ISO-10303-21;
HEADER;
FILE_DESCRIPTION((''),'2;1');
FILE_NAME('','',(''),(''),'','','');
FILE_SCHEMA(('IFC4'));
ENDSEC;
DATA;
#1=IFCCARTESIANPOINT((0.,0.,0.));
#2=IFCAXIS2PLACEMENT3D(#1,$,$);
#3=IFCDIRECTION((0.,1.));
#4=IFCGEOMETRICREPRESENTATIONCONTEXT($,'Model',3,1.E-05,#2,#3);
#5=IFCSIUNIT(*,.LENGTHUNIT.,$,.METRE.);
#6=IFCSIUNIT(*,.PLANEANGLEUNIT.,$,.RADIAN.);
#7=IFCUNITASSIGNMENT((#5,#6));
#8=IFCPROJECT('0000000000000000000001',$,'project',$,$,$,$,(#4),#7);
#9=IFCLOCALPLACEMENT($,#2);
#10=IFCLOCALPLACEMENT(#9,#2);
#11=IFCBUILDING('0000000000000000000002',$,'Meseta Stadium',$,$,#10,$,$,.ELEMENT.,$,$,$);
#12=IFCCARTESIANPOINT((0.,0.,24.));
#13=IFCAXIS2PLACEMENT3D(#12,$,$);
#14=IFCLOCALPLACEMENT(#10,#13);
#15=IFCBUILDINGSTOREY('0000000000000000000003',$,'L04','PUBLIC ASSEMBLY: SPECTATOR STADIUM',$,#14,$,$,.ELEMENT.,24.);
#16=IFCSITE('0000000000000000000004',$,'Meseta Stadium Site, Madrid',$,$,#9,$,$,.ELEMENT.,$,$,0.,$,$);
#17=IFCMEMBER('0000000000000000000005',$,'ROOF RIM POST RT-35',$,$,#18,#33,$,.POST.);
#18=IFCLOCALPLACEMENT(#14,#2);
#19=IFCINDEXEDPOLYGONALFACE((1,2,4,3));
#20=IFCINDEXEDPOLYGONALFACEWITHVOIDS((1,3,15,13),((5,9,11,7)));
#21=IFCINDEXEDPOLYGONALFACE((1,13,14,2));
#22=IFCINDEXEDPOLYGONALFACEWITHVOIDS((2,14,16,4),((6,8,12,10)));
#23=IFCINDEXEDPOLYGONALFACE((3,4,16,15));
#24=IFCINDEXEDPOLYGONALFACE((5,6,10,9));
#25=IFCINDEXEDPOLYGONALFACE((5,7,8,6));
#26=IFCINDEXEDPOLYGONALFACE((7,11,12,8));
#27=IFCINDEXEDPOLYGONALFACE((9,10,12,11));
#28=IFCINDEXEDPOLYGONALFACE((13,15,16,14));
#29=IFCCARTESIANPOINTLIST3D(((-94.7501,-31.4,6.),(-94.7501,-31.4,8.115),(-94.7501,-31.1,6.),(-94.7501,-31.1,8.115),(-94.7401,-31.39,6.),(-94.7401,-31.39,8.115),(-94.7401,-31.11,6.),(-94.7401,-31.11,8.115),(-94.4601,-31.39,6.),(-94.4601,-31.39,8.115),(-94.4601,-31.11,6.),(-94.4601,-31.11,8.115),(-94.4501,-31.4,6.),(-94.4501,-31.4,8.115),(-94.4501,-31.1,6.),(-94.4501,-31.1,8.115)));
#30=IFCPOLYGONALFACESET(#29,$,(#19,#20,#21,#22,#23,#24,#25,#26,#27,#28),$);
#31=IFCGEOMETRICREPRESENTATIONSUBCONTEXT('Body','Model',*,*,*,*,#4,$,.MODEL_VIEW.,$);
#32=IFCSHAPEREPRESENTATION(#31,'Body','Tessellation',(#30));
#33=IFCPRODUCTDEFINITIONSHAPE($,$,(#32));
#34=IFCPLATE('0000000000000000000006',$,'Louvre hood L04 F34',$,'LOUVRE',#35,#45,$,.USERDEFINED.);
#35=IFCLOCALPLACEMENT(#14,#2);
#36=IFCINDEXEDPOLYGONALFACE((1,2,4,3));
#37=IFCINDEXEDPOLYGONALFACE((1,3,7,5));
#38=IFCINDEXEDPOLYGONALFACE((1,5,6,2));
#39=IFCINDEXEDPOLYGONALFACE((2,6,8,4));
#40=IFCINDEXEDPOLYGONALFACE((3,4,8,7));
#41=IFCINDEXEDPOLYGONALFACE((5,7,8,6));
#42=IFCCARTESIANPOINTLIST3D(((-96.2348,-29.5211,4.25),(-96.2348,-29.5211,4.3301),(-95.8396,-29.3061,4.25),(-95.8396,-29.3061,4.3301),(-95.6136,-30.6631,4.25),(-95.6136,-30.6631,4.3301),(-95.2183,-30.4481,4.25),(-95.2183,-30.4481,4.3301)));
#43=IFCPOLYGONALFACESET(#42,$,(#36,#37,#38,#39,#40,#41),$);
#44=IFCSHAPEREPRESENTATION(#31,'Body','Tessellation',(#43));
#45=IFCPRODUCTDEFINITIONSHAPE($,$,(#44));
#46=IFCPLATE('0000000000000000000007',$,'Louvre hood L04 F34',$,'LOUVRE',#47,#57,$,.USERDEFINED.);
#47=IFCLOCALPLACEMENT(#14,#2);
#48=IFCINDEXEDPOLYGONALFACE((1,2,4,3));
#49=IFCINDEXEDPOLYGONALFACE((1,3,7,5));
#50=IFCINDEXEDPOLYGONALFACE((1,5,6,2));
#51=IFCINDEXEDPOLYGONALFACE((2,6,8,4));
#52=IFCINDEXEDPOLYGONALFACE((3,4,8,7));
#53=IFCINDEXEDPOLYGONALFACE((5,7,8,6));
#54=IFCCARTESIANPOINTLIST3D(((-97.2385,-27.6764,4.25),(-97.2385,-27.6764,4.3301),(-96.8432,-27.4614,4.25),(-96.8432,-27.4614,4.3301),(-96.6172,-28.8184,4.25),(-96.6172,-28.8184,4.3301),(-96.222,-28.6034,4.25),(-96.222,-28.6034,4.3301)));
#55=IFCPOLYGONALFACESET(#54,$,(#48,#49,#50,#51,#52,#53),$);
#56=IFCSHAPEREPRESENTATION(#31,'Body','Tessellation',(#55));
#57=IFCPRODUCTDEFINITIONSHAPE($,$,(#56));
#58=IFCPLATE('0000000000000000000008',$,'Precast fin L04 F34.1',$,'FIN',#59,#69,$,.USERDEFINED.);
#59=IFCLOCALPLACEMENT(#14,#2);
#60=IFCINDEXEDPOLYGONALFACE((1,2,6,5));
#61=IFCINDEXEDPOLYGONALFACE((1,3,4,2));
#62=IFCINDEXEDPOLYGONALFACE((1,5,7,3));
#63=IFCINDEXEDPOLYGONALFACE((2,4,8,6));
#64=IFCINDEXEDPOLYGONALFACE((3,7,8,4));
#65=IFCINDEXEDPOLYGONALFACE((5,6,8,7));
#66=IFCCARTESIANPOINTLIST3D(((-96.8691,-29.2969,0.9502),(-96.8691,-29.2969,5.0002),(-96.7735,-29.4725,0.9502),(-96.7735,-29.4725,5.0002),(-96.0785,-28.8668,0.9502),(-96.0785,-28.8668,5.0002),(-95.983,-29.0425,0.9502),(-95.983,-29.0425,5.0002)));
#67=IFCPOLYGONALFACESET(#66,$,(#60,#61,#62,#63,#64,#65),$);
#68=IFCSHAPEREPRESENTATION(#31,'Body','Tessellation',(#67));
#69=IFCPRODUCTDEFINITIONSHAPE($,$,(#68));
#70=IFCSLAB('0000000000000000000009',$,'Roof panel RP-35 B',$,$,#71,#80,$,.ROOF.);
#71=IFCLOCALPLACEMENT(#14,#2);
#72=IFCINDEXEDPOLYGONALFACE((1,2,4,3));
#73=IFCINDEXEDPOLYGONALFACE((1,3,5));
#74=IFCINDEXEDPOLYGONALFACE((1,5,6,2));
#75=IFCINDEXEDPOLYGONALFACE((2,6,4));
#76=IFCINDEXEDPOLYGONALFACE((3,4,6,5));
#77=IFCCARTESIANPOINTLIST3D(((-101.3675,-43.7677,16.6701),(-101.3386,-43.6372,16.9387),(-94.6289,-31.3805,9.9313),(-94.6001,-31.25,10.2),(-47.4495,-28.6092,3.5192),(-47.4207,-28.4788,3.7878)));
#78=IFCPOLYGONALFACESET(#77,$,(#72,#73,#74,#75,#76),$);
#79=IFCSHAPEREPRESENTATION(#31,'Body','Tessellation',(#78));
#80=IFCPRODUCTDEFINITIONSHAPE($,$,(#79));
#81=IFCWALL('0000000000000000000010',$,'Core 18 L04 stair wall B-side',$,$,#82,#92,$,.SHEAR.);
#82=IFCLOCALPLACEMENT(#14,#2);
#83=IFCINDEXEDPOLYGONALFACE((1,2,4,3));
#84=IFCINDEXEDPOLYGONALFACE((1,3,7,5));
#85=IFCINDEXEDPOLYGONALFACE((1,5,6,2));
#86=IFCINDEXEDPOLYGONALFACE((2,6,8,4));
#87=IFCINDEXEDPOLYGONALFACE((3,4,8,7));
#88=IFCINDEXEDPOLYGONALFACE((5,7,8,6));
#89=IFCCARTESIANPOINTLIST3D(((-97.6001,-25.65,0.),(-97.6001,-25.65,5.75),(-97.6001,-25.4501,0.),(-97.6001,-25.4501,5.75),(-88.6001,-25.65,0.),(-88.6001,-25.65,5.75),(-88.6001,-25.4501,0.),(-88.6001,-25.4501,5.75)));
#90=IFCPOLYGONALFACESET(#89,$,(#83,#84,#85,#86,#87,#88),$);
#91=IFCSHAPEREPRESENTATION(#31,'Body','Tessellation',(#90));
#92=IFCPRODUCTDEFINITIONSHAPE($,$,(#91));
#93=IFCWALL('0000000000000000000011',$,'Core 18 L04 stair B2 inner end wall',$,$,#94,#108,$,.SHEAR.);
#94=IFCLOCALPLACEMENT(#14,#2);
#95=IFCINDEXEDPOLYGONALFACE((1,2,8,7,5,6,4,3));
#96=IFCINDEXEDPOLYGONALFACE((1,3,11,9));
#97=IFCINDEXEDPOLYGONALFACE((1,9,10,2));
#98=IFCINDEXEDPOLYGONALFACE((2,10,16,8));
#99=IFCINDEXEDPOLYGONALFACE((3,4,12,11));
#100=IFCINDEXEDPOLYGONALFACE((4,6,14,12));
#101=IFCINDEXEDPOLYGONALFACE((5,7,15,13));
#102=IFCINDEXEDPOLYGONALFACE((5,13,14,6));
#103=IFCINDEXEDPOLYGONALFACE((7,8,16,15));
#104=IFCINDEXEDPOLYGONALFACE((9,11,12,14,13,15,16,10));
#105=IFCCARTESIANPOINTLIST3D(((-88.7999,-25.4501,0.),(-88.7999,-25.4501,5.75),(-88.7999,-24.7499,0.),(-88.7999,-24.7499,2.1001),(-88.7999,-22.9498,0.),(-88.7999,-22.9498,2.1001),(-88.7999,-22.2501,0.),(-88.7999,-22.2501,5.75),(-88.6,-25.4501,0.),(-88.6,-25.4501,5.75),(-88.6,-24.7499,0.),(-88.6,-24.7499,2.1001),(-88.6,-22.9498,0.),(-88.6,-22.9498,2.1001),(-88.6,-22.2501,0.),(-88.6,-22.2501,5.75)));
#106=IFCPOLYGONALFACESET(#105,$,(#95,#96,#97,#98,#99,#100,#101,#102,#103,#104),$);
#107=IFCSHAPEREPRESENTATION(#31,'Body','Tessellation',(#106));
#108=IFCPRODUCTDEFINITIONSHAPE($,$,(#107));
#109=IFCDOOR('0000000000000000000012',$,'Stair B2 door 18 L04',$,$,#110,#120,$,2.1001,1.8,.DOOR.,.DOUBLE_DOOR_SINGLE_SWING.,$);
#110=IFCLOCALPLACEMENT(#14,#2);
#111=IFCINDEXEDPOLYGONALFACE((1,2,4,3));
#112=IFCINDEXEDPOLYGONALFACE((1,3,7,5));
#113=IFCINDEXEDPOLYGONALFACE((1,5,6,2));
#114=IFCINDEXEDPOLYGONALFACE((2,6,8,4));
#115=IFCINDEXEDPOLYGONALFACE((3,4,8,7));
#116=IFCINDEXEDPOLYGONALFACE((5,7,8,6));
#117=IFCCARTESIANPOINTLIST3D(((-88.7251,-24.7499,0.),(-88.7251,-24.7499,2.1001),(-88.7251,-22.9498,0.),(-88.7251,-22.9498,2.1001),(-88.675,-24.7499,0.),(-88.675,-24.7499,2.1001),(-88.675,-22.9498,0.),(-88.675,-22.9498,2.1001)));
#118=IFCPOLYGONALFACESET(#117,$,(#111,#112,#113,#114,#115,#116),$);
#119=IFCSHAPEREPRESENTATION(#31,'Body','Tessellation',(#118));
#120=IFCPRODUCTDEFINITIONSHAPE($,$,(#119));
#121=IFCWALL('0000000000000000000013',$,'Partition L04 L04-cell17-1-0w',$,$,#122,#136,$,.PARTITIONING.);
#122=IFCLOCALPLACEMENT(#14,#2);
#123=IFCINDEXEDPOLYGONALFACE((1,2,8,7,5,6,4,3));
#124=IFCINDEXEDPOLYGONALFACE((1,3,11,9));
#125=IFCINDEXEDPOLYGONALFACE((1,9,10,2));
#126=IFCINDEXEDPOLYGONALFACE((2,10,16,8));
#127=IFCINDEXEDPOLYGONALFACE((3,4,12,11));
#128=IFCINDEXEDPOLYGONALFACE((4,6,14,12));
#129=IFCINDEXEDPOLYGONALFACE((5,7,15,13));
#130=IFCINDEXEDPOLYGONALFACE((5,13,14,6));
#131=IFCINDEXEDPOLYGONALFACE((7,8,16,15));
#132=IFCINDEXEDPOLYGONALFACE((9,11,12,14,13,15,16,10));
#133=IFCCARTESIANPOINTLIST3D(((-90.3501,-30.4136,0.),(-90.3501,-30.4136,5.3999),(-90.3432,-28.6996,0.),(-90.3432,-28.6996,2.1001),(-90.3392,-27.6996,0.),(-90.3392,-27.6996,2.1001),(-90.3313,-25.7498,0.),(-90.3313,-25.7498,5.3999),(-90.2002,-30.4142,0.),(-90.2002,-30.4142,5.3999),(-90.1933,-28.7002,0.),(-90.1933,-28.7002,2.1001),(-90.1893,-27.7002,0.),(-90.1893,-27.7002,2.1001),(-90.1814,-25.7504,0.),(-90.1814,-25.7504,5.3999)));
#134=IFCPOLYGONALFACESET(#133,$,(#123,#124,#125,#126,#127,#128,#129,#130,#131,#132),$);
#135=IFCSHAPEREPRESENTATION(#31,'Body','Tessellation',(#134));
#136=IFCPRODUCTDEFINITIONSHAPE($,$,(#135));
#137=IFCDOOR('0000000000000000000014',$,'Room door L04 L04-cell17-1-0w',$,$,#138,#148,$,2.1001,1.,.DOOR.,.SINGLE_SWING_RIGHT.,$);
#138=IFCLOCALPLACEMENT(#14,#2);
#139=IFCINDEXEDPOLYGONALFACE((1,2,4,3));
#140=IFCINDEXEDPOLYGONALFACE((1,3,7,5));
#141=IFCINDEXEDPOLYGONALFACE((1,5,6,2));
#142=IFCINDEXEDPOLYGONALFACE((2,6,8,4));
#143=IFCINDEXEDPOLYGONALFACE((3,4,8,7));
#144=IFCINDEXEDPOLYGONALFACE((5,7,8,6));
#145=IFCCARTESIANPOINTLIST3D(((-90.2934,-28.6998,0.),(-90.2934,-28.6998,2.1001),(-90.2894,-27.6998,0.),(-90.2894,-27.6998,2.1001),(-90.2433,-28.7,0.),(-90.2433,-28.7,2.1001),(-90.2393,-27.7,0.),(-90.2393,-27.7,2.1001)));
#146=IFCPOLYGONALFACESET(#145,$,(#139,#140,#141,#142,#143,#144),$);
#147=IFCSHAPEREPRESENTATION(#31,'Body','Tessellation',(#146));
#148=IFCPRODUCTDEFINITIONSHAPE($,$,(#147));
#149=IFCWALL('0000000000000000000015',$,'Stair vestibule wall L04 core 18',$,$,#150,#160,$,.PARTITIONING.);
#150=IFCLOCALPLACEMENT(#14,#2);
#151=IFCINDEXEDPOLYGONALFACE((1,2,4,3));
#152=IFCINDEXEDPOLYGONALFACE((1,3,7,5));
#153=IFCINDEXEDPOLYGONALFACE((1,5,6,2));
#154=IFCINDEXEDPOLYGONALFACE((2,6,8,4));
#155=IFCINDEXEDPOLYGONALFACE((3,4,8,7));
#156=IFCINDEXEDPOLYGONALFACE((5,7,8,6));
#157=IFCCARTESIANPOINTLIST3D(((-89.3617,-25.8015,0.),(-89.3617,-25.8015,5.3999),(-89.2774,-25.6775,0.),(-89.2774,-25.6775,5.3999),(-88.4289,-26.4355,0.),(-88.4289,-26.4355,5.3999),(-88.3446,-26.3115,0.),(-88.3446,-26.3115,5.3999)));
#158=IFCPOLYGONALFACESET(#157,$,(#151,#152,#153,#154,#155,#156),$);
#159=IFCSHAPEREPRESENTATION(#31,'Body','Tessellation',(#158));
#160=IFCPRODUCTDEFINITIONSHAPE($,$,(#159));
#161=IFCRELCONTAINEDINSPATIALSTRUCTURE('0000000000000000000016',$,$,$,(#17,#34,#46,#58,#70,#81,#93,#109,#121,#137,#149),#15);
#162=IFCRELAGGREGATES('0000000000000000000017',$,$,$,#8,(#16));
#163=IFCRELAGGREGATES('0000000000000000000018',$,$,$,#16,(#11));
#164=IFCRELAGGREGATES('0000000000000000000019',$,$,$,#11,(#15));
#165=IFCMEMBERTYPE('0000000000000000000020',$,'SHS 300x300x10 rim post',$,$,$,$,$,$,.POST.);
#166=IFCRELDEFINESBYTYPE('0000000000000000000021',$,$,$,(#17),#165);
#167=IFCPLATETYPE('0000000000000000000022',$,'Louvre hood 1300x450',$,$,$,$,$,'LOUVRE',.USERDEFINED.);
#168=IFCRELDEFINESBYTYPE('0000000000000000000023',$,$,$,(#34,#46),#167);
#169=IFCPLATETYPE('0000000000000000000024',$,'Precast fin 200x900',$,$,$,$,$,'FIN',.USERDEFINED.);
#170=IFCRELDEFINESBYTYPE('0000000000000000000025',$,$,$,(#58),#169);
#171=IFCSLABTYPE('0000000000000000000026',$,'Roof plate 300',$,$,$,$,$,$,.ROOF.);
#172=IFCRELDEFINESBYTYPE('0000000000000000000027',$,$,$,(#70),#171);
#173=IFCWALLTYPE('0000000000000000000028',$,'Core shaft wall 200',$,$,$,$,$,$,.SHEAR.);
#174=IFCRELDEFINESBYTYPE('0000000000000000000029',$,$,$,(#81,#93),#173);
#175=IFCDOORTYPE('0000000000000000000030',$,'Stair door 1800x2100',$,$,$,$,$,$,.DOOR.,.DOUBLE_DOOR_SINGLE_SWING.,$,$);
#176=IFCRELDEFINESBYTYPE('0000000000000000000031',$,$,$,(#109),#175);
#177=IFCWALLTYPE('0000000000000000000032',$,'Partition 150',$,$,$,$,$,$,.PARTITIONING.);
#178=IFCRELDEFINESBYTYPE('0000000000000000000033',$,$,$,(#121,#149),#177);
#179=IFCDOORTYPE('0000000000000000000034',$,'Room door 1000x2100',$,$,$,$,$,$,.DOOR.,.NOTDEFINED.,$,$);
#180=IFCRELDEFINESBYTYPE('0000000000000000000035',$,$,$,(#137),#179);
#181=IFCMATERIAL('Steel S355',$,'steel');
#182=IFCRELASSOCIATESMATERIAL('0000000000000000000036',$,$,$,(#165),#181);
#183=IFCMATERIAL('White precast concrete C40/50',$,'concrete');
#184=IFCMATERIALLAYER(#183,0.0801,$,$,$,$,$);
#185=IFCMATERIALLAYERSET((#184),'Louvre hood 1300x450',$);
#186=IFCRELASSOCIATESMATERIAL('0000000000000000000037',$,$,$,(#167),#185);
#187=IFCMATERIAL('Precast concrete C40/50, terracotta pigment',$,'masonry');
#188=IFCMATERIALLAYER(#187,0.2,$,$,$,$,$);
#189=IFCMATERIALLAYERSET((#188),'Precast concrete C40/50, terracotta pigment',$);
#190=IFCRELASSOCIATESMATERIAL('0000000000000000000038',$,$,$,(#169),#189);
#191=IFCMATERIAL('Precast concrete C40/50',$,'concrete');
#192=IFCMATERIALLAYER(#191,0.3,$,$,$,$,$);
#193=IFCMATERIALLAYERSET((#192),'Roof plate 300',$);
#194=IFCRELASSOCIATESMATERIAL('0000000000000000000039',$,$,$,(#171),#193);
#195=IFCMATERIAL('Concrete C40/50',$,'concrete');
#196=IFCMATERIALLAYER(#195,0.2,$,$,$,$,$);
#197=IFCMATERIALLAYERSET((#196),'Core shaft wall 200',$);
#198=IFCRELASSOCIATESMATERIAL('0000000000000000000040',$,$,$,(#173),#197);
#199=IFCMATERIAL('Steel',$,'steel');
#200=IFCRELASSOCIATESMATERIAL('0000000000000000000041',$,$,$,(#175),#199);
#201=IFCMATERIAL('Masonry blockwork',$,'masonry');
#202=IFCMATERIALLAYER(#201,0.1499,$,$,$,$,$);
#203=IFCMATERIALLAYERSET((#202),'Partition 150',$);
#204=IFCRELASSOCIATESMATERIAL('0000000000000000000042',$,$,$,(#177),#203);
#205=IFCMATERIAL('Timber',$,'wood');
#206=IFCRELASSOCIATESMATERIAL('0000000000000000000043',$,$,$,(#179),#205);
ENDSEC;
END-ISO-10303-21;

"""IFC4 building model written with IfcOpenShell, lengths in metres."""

from ifc_helpers import new_model, si_unit, direction, frame, frame_2d, origin, origin_2d, place, context, subcontext, project, spatial, polyline, rectangle, hollow_rectangle, outline, extrude, material, layer, layer_set, material_profile, profile_set, type_object, element, fill, save


model = new_model("IFC4")

# Units and contexts
model_context = context("Model", 3, precision=1e-05, world=origin(), true_north=direction((0.0, 1.0)))
body_context = subcontext(model_context, "Body", "Model", "MODEL_VIEW")
ifc_project = project(units=[si_unit("LENGTHUNIT", "METRE"), si_unit("PLANEANGLEUNIT", "RADIAN")], contexts=[model_context])

# Site, building, storey
site_placement = place(None, origin())
site = spatial("IfcSite", under=ifc_project, at=site_placement, Name="Meseta Stadium Site, Madrid", CompositionType="ELEMENT", RefElevation=0.0)
building_placement = place(site_placement, origin())
building = spatial("IfcBuilding", under=site, at=building_placement, Name="Meseta Stadium", CompositionType="ELEMENT")
storey_placement = place(building_placement, frame((0.0, 0.0, 24.0)))
storey = spatial("IfcBuildingStorey", under=building, at=storey_placement, Name="L04", Description="PUBLIC ASSEMBLY: SPECTATOR STADIUM", CompositionType="ELEMENT", Elevation=24.0)

# Member
ifc_material_1 = material(Name="Steel S355", Category="steel")
ifc_material_profile_1 = material_profile(ifc_material_1, hollow_rectangle(XDim=0.3, YDim=0.3, WallThickness=0.01, at=origin_2d()), Name="SHS 300x300x10")
ifc_profile_set_1 = profile_set([ifc_material_profile_1], Name="Steel S355")
member_type = type_object("IfcMemberType", Name="SHS 300x300x10 rim post", PredefinedType="POST", material=ifc_profile_set_1)
member_placement = place(storey_placement, frame((-94.6001, -31.25, 6.0), z_axis=(0.0, 0.0, 1.0), x_axis=(1.0, 0.0, 0.0)))
element("IfcMember", 1, at=member_placement, inside=storey, type_object=member_type, Name="ROOF RIM POST RT-35", PredefinedType="POST", context=body_context, shape_type="SweptSolid", body=[
    extrude(hollow_rectangle(XDim=0.3, YDim=0.3, WallThickness=0.01, at=origin_2d()), origin(), (0.0, 0.0, 1.0), 2.115),
])

# Plates
ifc_material_2 = material(Name="White precast concrete C40/50", Category="concrete")
ifc_layer_1 = layer(ifc_material_2, 0.0801)
ifc_layer_set_1 = layer_set([ifc_layer_1], Name="Louvre hood 1300x450")
plate_type_1 = type_object("IfcPlateType", Name="Louvre hood 1300x450", ElementType="LOUVRE", PredefinedType="USERDEFINED", material=ifc_layer_set_1)
for number, where, z_axis, x_axis, name in (
    (2, (-95.7266, -29.9846, 4.25), (0.0, 0.0, 1.0), (0.477867, -0.878432, 0.0), "Louvre hood L04 F34"),
    (3, (-96.7302, -28.1399, 4.25), (0.0, 0.0, 1.0), (0.477867, -0.878432, 0.0), "Louvre hood L04 F34"),
):
    element("IfcPlate", number, at=place(storey_placement, frame(where, z_axis=z_axis, x_axis=x_axis)), inside=storey, type_object=plate_type_1, Name=name, ObjectType="LOUVRE", PredefinedType="USERDEFINED", context=body_context, shape_type="SweptSolid", body=[
        extrude(rectangle(XDim=1.3, YDim=0.45, at=origin_2d()), origin(), (0.0, 0.0, 1.0), 0.0801),
    ])
ifc_material_3 = material(Name="Precast concrete C40/50, terracotta pigment", Category="masonry")
ifc_layer_2 = layer(ifc_material_3, 0.2)
ifc_layer_set_2 = layer_set([ifc_layer_2], Name="Precast concrete C40/50, terracotta pigment")
plate_type_2 = type_object("IfcPlateType", Name="Precast fin 200x900", ElementType="FIN", PredefinedType="USERDEFINED", material=ifc_layer_set_2)
plate_placement = place(storey_placement, frame((-96.426, -29.1697, 0.9502), z_axis=(0.0, 0.0, 1.0), x_axis=(-0.477867, 0.878432, 0.0)))
element("IfcPlate", 4, at=plate_placement, inside=storey, type_object=plate_type_2, Name="Precast fin L04 F34.1", ObjectType="FIN", PredefinedType="USERDEFINED", context=body_context, shape_type="SweptSolid", body=[
    extrude(rectangle(XDim=0.2, YDim=0.8999, at=origin_2d()), origin(), (0.0, 0.0, 1.0), 4.05),
])

# Slab
ifc_material_4 = material(Name="Precast concrete C40/50", Category="concrete")
ifc_layer_3 = layer(ifc_material_4, 0.3)
ifc_layer_set_3 = layer_set([ifc_layer_3], Name="Roof plate 300")
slab_type = type_object("IfcSlabType", Name="Roof plate 300", PredefinedType="ROOF", material=ifc_layer_set_3)
slab_placement = place(storey_placement, frame((-94.6001, -31.25, 10.2), z_axis=(0.096152, 0.434792, 0.895383), x_axis=(0.989216, 0.058105, -0.134443)))
element("IfcSlab", 5, at=slab_placement, inside=storey, type_object=slab_type, Name="Roof panel RP-35 B", PredefinedType="ROOF", context=body_context, shape_type="SweptSolid", body=[
    extrude(outline(polyline([(0.0, 0.0), (47.6938, 0.0), (-8.2916, -13.2481), (0.0, 0.0)])), origin(), (0.0, 0.0, -1.0), 0.3),
])

# Wall
ifc_material_5 = material(Name="Concrete C40/50", Category="concrete")
ifc_layer_4 = layer(ifc_material_5, 0.2)
ifc_layer_set_4 = layer_set([ifc_layer_4], Name="Core shaft wall 200")
wall_type_1 = type_object("IfcWallType", Name="Core shaft wall 200", PredefinedType="SHEAR", material=ifc_layer_set_4)
wall_1_placement = place(storey_placement, frame((-97.6001, -25.55, 0.0), z_axis=(0.0, 0.0, 1.0), x_axis=(1.0, 0.0, 0.0)))
element("IfcWall", 6, at=wall_1_placement, inside=storey, type_object=wall_type_1, Name="Core 18 L04 stair wall B-side", PredefinedType="SHEAR", context=body_context, shape_type="SweptSolid", body=[
    extrude(rectangle(XDim=9.0, YDim=0.2, at=frame_2d((4.5, 0.0))), origin(), (0.0, 0.0, 1.0), 5.75),
])

# Walls, openings, doors
wall_2_placement = place(storey_placement, frame((-88.7, -22.25, 0.0), z_axis=(0.0, 0.0, 1.0), x_axis=(0.0, -1.0, 0.0)))
wall_2 = element("IfcWall", 7, at=wall_2_placement, inside=storey, type_object=wall_type_1, Name="Core 18 L04 stair B2 inner end wall", PredefinedType="SHEAR", context=body_context, shape_type="SweptSolid", body=[
    extrude(rectangle(XDim=3.2, YDim=0.2, at=frame_2d((1.6001, 0.0))), origin(), (0.0, 0.0, 1.0), 5.75),
])
opening_1_placement = place(wall_2_placement, frame((0.7, 0.0, 0.0)))
opening_1 = element("IfcOpeningElement", 8, at=opening_1_placement, cuts=wall_2, PredefinedType="OPENING", context=body_context, shape_type="SweptSolid", body=[
    extrude(rectangle(XDim=1.8, YDim=2.1001, at=frame_2d((0.8999, 1.05))), frame((0.0, 0.1099, 0.0), z_axis=(0.0, -1.0, 0.0), x_axis=(1.0, 0.0, 0.0)), (0.0, 0.0, 1.0), 0.22),
])
ifc_material_6 = material(Name="Steel", Category="steel")
door_type_1 = type_object("IfcDoorType", Name="Stair door 1800x2100", OperationType="DOUBLE_DOOR_SINGLE_SWING", PredefinedType="DOOR", material=ifc_material_6)
door_1_placement = place(opening_1_placement, origin())
door_1 = element("IfcDoor", 9, at=door_1_placement, inside=storey, type_object=door_type_1, Name="Stair B2 door 18 L04", OperationType="DOUBLE_DOOR_SINGLE_SWING", OverallHeight=2.1001, OverallWidth=1.8, PredefinedType="DOOR", context=body_context, shape_type="SweptSolid", body=[
    extrude(rectangle(XDim=1.8, YDim=2.1001, at=frame_2d((0.8999, 1.05))), frame((0.0, 0.0249, 0.0), z_axis=(0.0, -1.0, 0.0), x_axis=(1.0, 0.0, 0.0)), (0.0, 0.0, 1.0), 0.05),
])
fill(opening_1, door_1)
ifc_material_7 = material(Name="Masonry blockwork", Category="masonry")
ifc_layer_5 = layer(ifc_material_7, 0.1499)
ifc_layer_set_5 = layer_set([ifc_layer_5], Name="Partition 150")
wall_type_2 = type_object("IfcWallType", Name="Partition 150", PredefinedType="PARTITIONING", material=ifc_layer_set_5)
wall_3_placement = place(storey_placement, frame((-90.2563, -25.75, 0.0), z_axis=(0.0, 0.0, 1.0), x_axis=(-0.004031, -0.999992, 0.0)))
wall_3 = element("IfcWall", 10, at=wall_3_placement, inside=storey, type_object=wall_type_2, Name="Partition L04 L04-cell17-1-0w", PredefinedType="PARTITIONING", context=body_context, shape_type="SweptSolid", body=[
    extrude(rectangle(XDim=4.6638, YDim=0.1499, at=frame_2d((2.332, 0.0))), origin(), (0.0, 0.0, 1.0), 5.3999),
])
opening_2_placement = place(wall_3_placement, frame((1.95, 0.0, 0.0)))
opening_2 = element("IfcOpeningElement", 11, at=opening_2_placement, cuts=wall_3, PredefinedType="OPENING", context=body_context, shape_type="SweptSolid", body=[
    extrude(rectangle(XDim=1.0, YDim=2.1001, at=frame_2d((0.5, 1.05))), frame((0.0, 0.085, 0.0), z_axis=(0.0, -1.0, 0.0), x_axis=(1.0, 0.0, 0.0)), (0.0, 0.0, 1.0), 0.1699),
])
ifc_material_8 = material(Name="Timber", Category="wood")
door_type_2 = type_object("IfcDoorType", Name="Room door 1000x2100", OperationType="NOTDEFINED", PredefinedType="DOOR", material=ifc_material_8)
door_2_placement = place(opening_2_placement, origin())
door_2 = element("IfcDoor", 12, at=door_2_placement, inside=storey, type_object=door_type_2, Name="Room door L04 L04-cell17-1-0w", OperationType="SINGLE_SWING_RIGHT", OverallHeight=2.1001, OverallWidth=1.0, PredefinedType="DOOR", context=body_context, shape_type="SweptSolid", body=[
    extrude(rectangle(XDim=1.0, YDim=2.1001, at=frame_2d((0.5, 1.05))), frame((0.0, 0.0249, 0.0), z_axis=(0.0, -1.0, 0.0), x_axis=(1.0, 0.0, 0.0)), (0.0, 0.0, 1.0), 0.05),
])
fill(opening_2, door_2)

# Wall
wall_4_placement = place(storey_placement, frame((-89.3196, -25.7395, 0.0), z_axis=(0.0, 0.0, 1.0), x_axis=(0.827055, -0.562121, 0.0)))
element("IfcWall", 13, at=wall_4_placement, inside=storey, type_object=wall_type_2, Name="Stair vestibule wall L04 core 18", PredefinedType="PARTITIONING", context=body_context, shape_type="SweptSolid", body=[
    extrude(rectangle(XDim=1.1279, YDim=0.1499, at=frame_2d((0.564, 0.0))), origin(), (0.0, 0.0, 1.0), 5.3999),
])

save(model, "model.ifc")
